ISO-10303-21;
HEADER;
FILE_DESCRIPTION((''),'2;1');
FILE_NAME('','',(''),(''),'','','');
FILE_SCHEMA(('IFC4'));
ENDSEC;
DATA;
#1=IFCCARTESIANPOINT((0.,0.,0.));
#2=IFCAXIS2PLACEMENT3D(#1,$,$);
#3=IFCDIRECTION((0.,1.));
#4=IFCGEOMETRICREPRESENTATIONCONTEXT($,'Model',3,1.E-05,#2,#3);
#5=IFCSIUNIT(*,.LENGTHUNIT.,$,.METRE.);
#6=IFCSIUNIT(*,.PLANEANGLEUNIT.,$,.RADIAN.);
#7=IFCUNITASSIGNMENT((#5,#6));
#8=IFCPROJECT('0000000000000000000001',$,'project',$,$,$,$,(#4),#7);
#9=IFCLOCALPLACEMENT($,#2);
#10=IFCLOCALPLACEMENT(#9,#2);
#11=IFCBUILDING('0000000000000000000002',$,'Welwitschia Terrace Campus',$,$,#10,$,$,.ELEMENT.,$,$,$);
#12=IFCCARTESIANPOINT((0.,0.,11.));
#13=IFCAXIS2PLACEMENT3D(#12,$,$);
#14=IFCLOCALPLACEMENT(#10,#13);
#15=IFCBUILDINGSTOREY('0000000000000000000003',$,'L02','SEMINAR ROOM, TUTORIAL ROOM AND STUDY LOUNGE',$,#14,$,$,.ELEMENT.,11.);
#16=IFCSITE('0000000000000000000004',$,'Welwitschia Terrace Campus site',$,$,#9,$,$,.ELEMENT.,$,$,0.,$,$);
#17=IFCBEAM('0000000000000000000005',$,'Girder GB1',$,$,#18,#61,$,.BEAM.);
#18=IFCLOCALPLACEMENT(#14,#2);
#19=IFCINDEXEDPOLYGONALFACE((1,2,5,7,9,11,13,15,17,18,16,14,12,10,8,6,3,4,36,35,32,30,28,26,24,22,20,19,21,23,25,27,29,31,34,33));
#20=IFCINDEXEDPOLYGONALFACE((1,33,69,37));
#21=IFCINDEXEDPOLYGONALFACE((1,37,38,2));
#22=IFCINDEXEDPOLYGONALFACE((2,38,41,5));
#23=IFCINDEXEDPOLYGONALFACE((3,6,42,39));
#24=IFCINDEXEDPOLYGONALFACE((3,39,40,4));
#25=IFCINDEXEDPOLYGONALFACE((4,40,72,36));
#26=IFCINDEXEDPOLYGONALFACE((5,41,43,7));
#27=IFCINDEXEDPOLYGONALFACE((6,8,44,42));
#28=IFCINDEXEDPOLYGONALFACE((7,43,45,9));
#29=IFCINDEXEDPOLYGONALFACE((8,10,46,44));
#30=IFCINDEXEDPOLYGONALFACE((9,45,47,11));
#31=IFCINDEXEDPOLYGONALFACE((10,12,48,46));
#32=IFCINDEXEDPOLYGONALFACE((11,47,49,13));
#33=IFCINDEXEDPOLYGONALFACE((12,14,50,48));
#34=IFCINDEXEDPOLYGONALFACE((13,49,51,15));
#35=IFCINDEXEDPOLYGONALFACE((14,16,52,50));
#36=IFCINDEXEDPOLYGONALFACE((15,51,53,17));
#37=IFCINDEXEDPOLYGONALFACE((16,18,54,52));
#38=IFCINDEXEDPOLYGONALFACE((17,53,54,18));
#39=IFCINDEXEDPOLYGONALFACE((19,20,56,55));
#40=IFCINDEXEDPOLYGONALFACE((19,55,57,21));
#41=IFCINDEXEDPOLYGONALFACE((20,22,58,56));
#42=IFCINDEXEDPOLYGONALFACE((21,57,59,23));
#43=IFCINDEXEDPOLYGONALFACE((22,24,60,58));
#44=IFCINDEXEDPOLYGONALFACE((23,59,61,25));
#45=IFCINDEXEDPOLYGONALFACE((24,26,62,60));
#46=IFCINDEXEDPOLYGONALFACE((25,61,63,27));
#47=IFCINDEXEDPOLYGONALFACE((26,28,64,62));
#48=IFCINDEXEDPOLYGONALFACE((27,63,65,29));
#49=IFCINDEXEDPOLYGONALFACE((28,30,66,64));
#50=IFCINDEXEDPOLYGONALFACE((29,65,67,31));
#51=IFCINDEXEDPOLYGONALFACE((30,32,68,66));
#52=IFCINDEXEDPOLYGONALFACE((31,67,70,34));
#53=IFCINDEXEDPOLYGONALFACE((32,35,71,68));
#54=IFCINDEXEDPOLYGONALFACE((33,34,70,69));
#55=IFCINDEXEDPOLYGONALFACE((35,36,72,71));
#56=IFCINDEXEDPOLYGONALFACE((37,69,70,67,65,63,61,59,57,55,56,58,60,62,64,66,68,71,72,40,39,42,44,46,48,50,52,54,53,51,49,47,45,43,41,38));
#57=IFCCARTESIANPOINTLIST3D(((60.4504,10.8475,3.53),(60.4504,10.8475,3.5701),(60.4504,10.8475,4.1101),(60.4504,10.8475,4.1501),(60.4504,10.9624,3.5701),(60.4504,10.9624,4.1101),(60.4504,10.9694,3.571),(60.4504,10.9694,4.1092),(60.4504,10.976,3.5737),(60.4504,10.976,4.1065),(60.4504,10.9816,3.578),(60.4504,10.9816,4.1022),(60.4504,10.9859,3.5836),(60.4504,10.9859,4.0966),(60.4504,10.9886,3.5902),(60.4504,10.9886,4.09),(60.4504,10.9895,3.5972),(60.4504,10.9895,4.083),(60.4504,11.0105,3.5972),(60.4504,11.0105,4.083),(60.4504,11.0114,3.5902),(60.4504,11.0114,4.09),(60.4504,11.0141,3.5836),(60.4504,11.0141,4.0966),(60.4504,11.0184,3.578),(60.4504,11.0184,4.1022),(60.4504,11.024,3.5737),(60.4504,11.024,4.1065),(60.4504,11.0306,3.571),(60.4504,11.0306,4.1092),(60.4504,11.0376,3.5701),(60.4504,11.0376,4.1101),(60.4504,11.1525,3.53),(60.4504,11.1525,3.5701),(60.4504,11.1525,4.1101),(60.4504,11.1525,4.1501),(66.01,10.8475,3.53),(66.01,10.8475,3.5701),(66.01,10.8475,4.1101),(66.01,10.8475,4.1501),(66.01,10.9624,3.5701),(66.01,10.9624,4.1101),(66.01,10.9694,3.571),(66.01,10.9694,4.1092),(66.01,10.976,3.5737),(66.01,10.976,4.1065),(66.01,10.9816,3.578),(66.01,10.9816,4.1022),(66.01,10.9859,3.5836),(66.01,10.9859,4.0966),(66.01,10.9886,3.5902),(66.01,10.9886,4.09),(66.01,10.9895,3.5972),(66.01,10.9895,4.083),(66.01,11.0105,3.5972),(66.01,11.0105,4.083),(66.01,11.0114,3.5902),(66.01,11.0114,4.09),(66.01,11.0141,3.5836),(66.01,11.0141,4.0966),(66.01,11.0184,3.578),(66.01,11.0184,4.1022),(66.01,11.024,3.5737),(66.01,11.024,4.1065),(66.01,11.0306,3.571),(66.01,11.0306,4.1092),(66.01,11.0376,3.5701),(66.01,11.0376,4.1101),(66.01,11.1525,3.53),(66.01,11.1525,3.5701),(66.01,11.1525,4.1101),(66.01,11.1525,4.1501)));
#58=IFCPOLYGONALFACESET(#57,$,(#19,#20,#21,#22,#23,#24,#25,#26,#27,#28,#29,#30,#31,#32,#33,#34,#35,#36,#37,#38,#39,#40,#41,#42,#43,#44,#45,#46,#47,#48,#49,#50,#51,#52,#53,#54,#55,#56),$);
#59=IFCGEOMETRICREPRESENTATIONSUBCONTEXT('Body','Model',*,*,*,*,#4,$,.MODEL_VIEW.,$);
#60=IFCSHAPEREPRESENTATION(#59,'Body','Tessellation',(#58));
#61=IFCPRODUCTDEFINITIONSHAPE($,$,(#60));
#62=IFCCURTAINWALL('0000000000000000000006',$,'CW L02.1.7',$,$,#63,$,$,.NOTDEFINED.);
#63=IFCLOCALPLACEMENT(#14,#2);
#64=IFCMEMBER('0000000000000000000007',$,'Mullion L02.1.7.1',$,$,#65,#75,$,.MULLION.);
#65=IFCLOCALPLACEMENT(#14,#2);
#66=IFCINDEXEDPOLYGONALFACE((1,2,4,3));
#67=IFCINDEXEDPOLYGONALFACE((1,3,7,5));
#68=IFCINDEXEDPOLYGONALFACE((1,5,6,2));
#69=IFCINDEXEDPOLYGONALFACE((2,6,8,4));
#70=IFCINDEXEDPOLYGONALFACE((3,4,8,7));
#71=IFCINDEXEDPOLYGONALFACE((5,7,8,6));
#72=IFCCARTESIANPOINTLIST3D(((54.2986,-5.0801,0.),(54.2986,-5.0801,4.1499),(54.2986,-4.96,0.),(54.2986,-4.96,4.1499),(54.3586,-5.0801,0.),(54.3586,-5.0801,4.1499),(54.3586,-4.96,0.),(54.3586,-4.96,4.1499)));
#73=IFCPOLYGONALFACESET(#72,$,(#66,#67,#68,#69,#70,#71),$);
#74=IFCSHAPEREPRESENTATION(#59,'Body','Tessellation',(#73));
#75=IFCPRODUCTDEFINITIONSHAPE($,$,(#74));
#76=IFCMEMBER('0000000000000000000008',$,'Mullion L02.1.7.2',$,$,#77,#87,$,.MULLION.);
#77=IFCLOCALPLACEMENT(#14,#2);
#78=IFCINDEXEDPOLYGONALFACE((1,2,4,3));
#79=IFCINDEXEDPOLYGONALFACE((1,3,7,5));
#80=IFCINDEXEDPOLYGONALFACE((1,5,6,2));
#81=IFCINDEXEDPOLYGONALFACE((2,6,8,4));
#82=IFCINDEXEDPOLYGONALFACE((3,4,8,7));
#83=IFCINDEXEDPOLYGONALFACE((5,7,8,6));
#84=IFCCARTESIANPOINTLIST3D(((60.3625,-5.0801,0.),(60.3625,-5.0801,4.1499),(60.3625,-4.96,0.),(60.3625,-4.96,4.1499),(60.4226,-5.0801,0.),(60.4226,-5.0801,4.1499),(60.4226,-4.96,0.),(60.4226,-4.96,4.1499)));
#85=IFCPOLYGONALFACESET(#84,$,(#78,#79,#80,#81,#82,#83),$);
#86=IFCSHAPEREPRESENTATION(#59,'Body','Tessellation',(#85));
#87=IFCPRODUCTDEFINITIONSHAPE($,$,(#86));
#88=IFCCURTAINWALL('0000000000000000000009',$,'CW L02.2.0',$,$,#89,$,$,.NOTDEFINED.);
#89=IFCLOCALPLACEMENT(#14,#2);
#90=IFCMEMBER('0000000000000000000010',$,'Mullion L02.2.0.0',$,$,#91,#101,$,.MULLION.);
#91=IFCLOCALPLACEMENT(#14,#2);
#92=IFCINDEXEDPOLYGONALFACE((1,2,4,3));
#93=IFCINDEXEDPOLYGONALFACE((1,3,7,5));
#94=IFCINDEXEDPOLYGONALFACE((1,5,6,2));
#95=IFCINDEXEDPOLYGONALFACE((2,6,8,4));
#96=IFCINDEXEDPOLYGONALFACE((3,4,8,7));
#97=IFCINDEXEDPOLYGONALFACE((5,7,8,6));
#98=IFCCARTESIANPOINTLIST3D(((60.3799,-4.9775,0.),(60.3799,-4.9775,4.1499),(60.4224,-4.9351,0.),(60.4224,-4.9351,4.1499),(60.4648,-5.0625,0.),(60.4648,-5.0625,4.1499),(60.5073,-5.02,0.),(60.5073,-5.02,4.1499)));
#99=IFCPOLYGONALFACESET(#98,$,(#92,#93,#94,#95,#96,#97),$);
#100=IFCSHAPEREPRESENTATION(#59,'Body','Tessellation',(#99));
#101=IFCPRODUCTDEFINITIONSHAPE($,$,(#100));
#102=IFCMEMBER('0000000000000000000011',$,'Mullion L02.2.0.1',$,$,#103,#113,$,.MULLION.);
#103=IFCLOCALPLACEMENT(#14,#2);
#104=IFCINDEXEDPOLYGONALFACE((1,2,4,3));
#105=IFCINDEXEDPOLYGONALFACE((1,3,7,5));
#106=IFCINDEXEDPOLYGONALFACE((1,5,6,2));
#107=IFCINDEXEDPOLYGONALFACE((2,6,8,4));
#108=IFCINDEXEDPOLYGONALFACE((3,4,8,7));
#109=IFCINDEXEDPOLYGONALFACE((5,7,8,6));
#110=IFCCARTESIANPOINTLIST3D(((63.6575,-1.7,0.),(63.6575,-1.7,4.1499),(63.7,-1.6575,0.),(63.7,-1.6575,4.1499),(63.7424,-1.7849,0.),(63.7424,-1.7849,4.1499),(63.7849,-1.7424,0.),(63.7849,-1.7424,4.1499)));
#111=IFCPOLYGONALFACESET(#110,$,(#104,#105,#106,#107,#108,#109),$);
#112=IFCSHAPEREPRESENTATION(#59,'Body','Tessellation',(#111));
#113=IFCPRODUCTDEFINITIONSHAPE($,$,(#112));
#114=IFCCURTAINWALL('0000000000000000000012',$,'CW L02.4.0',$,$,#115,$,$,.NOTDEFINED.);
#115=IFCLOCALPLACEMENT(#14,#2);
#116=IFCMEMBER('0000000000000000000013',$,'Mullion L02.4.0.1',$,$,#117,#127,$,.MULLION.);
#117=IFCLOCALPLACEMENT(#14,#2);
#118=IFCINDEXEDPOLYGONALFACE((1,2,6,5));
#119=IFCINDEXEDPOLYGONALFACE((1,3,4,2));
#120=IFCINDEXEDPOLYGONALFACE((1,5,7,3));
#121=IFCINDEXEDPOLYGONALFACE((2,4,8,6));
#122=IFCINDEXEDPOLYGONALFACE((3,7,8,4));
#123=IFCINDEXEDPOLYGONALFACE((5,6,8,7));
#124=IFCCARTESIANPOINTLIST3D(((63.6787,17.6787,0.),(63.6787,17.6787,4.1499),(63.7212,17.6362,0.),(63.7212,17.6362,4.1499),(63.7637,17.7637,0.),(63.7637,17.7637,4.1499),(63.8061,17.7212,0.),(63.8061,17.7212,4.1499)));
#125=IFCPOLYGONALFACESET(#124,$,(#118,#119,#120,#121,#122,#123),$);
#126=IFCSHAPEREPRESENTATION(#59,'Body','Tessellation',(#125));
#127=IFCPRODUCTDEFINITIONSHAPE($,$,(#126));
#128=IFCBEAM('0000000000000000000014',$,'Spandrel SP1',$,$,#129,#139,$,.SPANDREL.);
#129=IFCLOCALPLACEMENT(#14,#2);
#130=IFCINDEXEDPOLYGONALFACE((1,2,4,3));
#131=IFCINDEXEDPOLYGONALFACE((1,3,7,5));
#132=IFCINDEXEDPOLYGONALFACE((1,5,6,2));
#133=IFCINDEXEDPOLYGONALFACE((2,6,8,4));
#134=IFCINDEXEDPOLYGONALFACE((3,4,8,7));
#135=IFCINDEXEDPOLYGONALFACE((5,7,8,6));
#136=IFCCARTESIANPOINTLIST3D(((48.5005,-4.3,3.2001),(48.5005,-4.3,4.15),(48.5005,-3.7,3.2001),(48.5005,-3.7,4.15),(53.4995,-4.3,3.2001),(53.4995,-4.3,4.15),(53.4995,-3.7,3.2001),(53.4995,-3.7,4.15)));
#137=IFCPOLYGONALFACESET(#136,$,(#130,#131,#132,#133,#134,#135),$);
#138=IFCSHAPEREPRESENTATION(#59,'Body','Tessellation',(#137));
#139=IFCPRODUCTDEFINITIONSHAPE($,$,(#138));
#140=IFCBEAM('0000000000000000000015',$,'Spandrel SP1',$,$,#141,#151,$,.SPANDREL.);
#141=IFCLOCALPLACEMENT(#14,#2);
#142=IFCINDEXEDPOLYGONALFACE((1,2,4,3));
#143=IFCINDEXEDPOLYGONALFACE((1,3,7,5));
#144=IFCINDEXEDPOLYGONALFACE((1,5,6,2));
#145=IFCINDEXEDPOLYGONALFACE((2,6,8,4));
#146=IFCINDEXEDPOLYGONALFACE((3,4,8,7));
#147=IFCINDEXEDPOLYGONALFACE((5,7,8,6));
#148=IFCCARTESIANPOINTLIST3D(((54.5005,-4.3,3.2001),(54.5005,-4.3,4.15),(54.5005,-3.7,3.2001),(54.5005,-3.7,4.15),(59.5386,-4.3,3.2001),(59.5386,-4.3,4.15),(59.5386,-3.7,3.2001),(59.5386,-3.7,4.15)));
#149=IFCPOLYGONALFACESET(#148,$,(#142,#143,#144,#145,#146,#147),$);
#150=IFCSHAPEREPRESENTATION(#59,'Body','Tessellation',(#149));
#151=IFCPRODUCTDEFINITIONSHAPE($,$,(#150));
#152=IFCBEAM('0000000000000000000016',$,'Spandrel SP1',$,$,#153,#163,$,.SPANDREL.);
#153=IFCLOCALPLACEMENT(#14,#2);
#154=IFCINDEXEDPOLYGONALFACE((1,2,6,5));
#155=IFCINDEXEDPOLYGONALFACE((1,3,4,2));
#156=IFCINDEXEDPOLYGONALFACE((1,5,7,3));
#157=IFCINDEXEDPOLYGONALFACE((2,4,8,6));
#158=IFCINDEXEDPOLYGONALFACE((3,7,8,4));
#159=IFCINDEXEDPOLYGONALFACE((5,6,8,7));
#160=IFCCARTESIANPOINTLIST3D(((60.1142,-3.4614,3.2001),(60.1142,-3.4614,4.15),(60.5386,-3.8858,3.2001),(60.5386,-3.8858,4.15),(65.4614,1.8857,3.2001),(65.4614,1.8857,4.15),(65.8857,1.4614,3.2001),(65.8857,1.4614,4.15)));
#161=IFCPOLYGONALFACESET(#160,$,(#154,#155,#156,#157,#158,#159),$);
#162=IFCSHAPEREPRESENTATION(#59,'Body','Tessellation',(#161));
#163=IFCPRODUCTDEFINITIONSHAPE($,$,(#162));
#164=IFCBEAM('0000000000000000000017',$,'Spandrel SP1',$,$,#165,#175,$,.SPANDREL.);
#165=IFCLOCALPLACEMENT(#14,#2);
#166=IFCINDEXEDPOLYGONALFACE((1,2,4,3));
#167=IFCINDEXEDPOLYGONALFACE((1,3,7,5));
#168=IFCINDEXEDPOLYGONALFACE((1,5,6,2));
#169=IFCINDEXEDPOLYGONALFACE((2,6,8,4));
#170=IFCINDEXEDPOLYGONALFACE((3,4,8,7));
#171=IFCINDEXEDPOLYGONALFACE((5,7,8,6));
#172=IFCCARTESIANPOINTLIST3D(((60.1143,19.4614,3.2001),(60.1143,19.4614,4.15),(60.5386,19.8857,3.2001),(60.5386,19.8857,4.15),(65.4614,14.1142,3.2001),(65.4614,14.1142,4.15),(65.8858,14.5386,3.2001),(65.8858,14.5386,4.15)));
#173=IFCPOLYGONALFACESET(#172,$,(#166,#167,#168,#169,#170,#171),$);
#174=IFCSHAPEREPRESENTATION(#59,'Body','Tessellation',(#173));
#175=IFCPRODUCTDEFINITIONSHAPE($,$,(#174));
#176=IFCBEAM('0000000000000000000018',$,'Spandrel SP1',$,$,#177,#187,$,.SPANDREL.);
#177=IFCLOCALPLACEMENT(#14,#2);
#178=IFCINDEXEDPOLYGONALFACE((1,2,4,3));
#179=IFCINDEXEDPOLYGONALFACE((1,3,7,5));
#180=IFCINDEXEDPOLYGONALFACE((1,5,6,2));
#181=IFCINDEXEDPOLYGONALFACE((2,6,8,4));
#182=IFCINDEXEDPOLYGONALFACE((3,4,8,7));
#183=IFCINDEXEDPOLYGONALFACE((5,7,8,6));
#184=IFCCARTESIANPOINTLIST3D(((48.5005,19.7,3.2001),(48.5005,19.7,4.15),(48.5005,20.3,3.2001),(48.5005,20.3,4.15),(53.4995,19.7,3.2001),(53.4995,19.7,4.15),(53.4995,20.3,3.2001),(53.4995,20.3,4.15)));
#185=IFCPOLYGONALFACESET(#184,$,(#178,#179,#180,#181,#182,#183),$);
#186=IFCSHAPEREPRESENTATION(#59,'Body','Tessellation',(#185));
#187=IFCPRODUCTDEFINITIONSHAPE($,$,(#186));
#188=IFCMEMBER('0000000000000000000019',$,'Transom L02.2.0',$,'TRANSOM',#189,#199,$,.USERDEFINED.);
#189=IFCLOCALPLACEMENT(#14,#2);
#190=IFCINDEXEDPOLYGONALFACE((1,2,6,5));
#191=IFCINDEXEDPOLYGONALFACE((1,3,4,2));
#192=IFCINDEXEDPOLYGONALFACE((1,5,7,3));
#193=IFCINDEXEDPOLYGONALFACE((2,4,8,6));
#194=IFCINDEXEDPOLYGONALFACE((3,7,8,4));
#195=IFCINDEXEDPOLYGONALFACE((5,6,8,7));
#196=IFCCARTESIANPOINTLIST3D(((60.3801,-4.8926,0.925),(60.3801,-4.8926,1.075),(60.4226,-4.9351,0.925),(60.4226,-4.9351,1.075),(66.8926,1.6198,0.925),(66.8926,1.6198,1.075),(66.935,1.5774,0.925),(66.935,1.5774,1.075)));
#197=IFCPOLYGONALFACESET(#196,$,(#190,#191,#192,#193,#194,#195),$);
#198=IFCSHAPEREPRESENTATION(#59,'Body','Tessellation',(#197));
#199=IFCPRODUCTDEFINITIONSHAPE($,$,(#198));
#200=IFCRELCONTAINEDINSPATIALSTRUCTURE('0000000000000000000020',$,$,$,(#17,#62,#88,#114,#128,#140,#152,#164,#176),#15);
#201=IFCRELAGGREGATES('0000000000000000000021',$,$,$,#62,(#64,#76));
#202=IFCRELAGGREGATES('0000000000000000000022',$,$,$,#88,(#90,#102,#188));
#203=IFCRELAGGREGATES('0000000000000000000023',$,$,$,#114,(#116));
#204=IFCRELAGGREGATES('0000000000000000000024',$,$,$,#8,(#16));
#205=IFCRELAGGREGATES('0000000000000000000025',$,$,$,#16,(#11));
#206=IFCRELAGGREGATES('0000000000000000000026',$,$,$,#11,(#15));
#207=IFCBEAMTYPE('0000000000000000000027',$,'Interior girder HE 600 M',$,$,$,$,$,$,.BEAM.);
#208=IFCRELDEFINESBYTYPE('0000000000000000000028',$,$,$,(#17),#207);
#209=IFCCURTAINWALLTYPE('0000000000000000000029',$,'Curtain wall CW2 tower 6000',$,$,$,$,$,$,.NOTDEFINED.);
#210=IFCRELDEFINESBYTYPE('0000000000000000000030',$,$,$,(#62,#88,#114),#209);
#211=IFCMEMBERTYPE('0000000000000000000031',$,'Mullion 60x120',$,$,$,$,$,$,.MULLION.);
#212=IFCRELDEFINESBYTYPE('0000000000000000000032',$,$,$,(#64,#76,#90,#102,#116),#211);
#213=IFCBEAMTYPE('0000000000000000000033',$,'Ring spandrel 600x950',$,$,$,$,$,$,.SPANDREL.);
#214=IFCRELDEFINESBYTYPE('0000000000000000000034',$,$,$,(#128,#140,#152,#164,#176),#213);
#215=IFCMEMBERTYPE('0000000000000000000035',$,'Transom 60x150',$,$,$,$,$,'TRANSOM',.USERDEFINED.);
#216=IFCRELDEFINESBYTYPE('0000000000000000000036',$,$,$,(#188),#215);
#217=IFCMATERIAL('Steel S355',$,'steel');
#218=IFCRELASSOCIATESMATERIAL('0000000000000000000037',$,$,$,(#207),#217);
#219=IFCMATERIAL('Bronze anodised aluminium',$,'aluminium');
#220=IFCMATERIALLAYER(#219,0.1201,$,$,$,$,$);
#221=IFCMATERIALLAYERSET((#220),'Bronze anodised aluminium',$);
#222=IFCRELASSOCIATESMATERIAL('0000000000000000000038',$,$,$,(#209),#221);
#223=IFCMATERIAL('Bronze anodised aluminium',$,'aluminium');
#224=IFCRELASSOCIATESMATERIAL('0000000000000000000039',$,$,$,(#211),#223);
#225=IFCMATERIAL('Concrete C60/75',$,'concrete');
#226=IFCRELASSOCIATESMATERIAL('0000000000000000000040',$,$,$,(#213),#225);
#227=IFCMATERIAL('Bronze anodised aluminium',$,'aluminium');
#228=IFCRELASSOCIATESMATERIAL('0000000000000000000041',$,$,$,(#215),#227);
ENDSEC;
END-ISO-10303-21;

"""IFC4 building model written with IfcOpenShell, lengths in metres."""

from ifc_helpers import new_model, si_unit, direction, frame, origin, origin_2d, place, context, subcontext, project, spatial, rectangle, i_section, extrude, material, layer, layer_set, material_profile, profile_set, type_object, element, aggregate, save


model = new_model("IFC4")

# Units and contexts
model_context = context("Model", 3, precision=1e-05, world=origin(), true_north=direction((0.0, 1.0)))
body_context = subcontext(model_context, "Body", "Model", "MODEL_VIEW")
ifc_project = project(units=[si_unit("LENGTHUNIT", "METRE"), si_unit("PLANEANGLEUNIT", "RADIAN")], contexts=[model_context])

# Site, building, storey
site_placement = place(None, origin())
site = spatial("IfcSite", under=ifc_project, at=site_placement, Name="Welwitschia Terrace Campus site", CompositionType="ELEMENT", RefElevation=0.0)
building_placement = place(site_placement, origin())
building = spatial("IfcBuilding", under=site, at=building_placement, Name="Welwitschia Terrace Campus", CompositionType="ELEMENT")
storey_placement = place(building_placement, frame((0.0, 0.0, 11.0)))
storey = spatial("IfcBuildingStorey", under=building, at=storey_placement, Name="L02", Description="SEMINAR ROOM, TUTORIAL ROOM AND STUDY LOUNGE", CompositionType="ELEMENT", Elevation=11.0)

# Beam
ifc_material_1 = material(Name="Steel S355", Category="steel")
ifc_material_profile_1 = material_profile(ifc_material_1, i_section(OverallWidth=0.3049, OverallDepth=0.6201, WebThickness=0.021, FlangeThickness=0.04, FilletRadius=0.0271, at=origin_2d()))
ifc_profile_set_1 = profile_set([ifc_material_profile_1], Name="Steel S355")
beam_type_1 = type_object("IfcBeamType", Name="Interior girder HE 600 M", PredefinedType="BEAM", material=ifc_profile_set_1)
beam_1_placement = place(storey_placement, frame((60.4504, 11.0, 3.8401), z_axis=(1.0, 0.0, 0.0), x_axis=(0.0, 1.0, 0.0)))
element("IfcBeam", 1, at=beam_1_placement, inside=storey, type_object=beam_type_1, Name="Girder GB1", PredefinedType="BEAM", context=body_context, shape_type="SweptSolid", body=[
    extrude(i_section(OverallWidth=0.3049, OverallDepth=0.6201, WebThickness=0.021, FlangeThickness=0.04, FilletRadius=0.0271, at=origin_2d()), origin(), (0.0, 0.0, 1.0), 5.5596),
])

# Curtain walls, members
ifc_material_2 = material(Name="Bronze anodised aluminium", Category="aluminium")
ifc_layer_1 = layer(ifc_material_2, 0.1201)
ifc_layer_set_1 = layer_set([ifc_layer_1], Name="Bronze anodised aluminium")
curtain_wall_type = type_object("IfcCurtainWallType", Name="Curtain wall CW2 tower 6000", PredefinedType="NOTDEFINED", material=ifc_layer_set_1)
curtain_wall_1_placement = place(storey_placement, origin())
curtain_wall_1 = element("IfcCurtainWall", 2, at=curtain_wall_1_placement, inside=storey, type_object=curtain_wall_type, Name="CW L02.1.7", PredefinedType="NOTDEFINED")
ifc_material_3 = material(Name="Bronze anodised aluminium", Category="aluminium")
ifc_material_profile_2 = material_profile(ifc_material_3, rectangle(XDim=0.1201, YDim=0.0601, at=origin_2d()))
ifc_profile_set_2 = profile_set([ifc_material_profile_2], Name="Bronze anodised aluminium")
member_type_1 = type_object("IfcMemberType", Name="Mullion 60x120", PredefinedType="MULLION", material=ifc_profile_set_2)
member_1_placement = place(storey_placement, frame((54.3286, -5.02, 0.0), z_axis=(0.0, 0.0, 1.0), x_axis=(0.0, 1.0, 0.0)))
member_1 = element("IfcMember", 3, at=member_1_placement, type_object=member_type_1, Name="Mullion L02.1.7.1", PredefinedType="MULLION", context=body_context, shape_type="SweptSolid", body=[
    extrude(rectangle(XDim=0.1201, YDim=0.0601, at=origin_2d()), origin(), (0.0, 0.0, 1.0), 4.1499),
])
member_2_placement = place(storey_placement, frame((60.3926, -5.02, 0.0), z_axis=(0.0, 0.0, 1.0), x_axis=(0.0, 1.0, 0.0)))
member_2 = element("IfcMember", 4, at=member_2_placement, type_object=member_type_1, Name="Mullion L02.1.7.2", PredefinedType="MULLION", context=body_context, shape_type="SweptSolid", body=[
    extrude(rectangle(XDim=0.1201, YDim=0.0601, at=origin_2d()), origin(), (0.0, 0.0, 1.0), 4.1499),
])
curtain_wall_2_placement = place(storey_placement, origin())
curtain_wall_2 = element("IfcCurtainWall", 5, at=curtain_wall_2_placement, inside=storey, type_object=curtain_wall_type, Name="CW L02.2.0", PredefinedType="NOTDEFINED")
member_3_placement = place(storey_placement, frame((60.4436, -4.9988, 0.0), z_axis=(0.0, 0.0, 1.0), x_axis=(-0.707107, 0.707107, 0.0)))
member_3 = element("IfcMember", 6, at=member_3_placement, type_object=member_type_1, Name="Mullion L02.2.0.0", PredefinedType="MULLION", context=body_context, shape_type="SweptSolid", body=[
    extrude(rectangle(XDim=0.1201, YDim=0.0601, at=origin_2d()), origin(), (0.0, 0.0, 1.0), 4.1499),
])
member_4_placement = place(storey_placement, frame((63.7212, -1.7212, 0.0), z_axis=(0.0, 0.0, 1.0), x_axis=(-0.707107, 0.707107, 0.0)))
member_4 = element("IfcMember", 7, at=member_4_placement, type_object=member_type_1, Name="Mullion L02.2.0.1", PredefinedType="MULLION", context=body_context, shape_type="SweptSolid", body=[
    extrude(rectangle(XDim=0.1201, YDim=0.0601, at=origin_2d()), origin(), (0.0, 0.0, 1.0), 4.1499),
])

# Curtain wall, member
curtain_wall_3_placement = place(storey_placement, origin())
curtain_wall_3 = element("IfcCurtainWall", 8, at=curtain_wall_3_placement, inside=storey, type_object=curtain_wall_type, Name="CW L02.4.0", PredefinedType="NOTDEFINED")
member_5_placement = place(storey_placement, frame((63.7424, 17.7, 0.0), z_axis=(0.0, 0.0, 1.0), x_axis=(-0.707107, -0.707107, 0.0)))
member_5 = element("IfcMember", 9, at=member_5_placement, type_object=member_type_1, Name="Mullion L02.4.0.1", PredefinedType="MULLION", context=body_context, shape_type="SweptSolid", body=[
    extrude(rectangle(XDim=0.1201, YDim=0.0601, at=origin_2d()), origin(), (0.0, 0.0, 1.0), 4.1499),
])

# Beams
ifc_material_4 = material(Name="Concrete C60/75", Category="concrete")
ifc_material_profile_3 = material_profile(ifc_material_4, rectangle(XDim=0.6001, YDim=0.95, at=origin_2d()))
ifc_profile_set_3 = profile_set([ifc_material_profile_3], Name="Concrete C60/75")
beam_type_2 = type_object("IfcBeamType", Name="Ring spandrel 600x950", PredefinedType="SPANDREL", material=ifc_profile_set_3)
beam_2_placement = place(storey_placement, frame((48.5005, -4.0, 3.675), z_axis=(1.0, 0.0, 0.0), x_axis=(0.0, 1.0, 0.0)))
element("IfcBeam", 10, at=beam_2_placement, inside=storey, type_object=beam_type_2, Name="Spandrel SP1", PredefinedType="SPANDREL", context=body_context, shape_type="SweptSolid", body=[
    extrude(rectangle(XDim=0.6001, YDim=0.95, at=origin_2d()), origin(), (0.0, 0.0, 1.0), 4.999),
])
beam_3_placement = place(storey_placement, frame((54.5005, -4.0, 3.675), z_axis=(1.0, 0.0, 0.0), x_axis=(0.0, 1.0, 0.0)))
element("IfcBeam", 11, at=beam_3_placement, inside=storey, type_object=beam_type_2, Name="Spandrel SP1", PredefinedType="SPANDREL", context=body_context, shape_type="SweptSolid", body=[
    extrude(rectangle(XDim=0.6001, YDim=0.95, at=origin_2d()), origin(), (0.0, 0.0, 1.0), 5.0381),
])
for number, where, z_axis, x_axis, name in (
    (12, (60.3264, -3.6736, 3.675), (0.707107, 0.707107, 0.0), (-0.707107, 0.707107, 0.0), "Spandrel SP1"),
    (13, (65.6736, 14.3264, 3.675), (-0.707107, 0.707107, 0.0), (-0.707107, -0.707107, 0.0), "Spandrel SP1"),
):
    element("IfcBeam", number, at=place(storey_placement, frame(where, z_axis=z_axis, x_axis=x_axis)), inside=storey, type_object=beam_type_2, Name=name, PredefinedType="SPANDREL", context=body_context, shape_type="SweptSolid", body=[
        extrude(rectangle(XDim=0.6001, YDim=0.95, at=origin_2d()), origin(), (0.0, 0.0, 1.0), 7.562),
    ])
beam_4_placement = place(storey_placement, frame((53.4995, 20.0, 3.675), z_axis=(-1.0, 0.0, 0.0), x_axis=(0.0, -1.0, 0.0)))
element("IfcBeam", 14, at=beam_4_placement, inside=storey, type_object=beam_type_2, Name="Spandrel SP1", PredefinedType="SPANDREL", context=body_context, shape_type="SweptSolid", body=[
    extrude(rectangle(XDim=0.6001, YDim=0.95, at=origin_2d()), origin(), (0.0, 0.0, 1.0), 4.999),
])

# Member
ifc_material_5 = material(Name="Bronze anodised aluminium", Category="aluminium")
ifc_material_profile_4 = material_profile(ifc_material_5, rectangle(XDim=0.0601, YDim=0.1499, at=origin_2d()))
ifc_profile_set_4 = profile_set([ifc_material_profile_4], Name="Bronze anodised aluminium")
member_type_2 = type_object("IfcMemberType", Name="Transom 60x150", ElementType="TRANSOM", PredefinedType="USERDEFINED", material=ifc_profile_set_4)
member_6_placement = place(storey_placement, frame((60.4014, -4.9138, 1.0), z_axis=(0.707107, 0.707107, 0.0), x_axis=(-0.707107, 0.707107, 0.0)))
member_6 = element("IfcMember", 15, at=member_6_placement, type_object=member_type_2, Name="Transom L02.2.0", ObjectType="TRANSOM", PredefinedType="USERDEFINED", context=body_context, shape_type="SweptSolid", body=[
    extrude(rectangle(XDim=0.0601, YDim=0.1499, at=origin_2d()), origin(), (0.0, 0.0, 1.0), 9.21),
])

aggregate(curtain_wall_1, [member_1, member_2])
aggregate(curtain_wall_2, [member_3, member_4, member_6])
aggregate(curtain_wall_3, [member_5])

save(model, "model.ifc")
